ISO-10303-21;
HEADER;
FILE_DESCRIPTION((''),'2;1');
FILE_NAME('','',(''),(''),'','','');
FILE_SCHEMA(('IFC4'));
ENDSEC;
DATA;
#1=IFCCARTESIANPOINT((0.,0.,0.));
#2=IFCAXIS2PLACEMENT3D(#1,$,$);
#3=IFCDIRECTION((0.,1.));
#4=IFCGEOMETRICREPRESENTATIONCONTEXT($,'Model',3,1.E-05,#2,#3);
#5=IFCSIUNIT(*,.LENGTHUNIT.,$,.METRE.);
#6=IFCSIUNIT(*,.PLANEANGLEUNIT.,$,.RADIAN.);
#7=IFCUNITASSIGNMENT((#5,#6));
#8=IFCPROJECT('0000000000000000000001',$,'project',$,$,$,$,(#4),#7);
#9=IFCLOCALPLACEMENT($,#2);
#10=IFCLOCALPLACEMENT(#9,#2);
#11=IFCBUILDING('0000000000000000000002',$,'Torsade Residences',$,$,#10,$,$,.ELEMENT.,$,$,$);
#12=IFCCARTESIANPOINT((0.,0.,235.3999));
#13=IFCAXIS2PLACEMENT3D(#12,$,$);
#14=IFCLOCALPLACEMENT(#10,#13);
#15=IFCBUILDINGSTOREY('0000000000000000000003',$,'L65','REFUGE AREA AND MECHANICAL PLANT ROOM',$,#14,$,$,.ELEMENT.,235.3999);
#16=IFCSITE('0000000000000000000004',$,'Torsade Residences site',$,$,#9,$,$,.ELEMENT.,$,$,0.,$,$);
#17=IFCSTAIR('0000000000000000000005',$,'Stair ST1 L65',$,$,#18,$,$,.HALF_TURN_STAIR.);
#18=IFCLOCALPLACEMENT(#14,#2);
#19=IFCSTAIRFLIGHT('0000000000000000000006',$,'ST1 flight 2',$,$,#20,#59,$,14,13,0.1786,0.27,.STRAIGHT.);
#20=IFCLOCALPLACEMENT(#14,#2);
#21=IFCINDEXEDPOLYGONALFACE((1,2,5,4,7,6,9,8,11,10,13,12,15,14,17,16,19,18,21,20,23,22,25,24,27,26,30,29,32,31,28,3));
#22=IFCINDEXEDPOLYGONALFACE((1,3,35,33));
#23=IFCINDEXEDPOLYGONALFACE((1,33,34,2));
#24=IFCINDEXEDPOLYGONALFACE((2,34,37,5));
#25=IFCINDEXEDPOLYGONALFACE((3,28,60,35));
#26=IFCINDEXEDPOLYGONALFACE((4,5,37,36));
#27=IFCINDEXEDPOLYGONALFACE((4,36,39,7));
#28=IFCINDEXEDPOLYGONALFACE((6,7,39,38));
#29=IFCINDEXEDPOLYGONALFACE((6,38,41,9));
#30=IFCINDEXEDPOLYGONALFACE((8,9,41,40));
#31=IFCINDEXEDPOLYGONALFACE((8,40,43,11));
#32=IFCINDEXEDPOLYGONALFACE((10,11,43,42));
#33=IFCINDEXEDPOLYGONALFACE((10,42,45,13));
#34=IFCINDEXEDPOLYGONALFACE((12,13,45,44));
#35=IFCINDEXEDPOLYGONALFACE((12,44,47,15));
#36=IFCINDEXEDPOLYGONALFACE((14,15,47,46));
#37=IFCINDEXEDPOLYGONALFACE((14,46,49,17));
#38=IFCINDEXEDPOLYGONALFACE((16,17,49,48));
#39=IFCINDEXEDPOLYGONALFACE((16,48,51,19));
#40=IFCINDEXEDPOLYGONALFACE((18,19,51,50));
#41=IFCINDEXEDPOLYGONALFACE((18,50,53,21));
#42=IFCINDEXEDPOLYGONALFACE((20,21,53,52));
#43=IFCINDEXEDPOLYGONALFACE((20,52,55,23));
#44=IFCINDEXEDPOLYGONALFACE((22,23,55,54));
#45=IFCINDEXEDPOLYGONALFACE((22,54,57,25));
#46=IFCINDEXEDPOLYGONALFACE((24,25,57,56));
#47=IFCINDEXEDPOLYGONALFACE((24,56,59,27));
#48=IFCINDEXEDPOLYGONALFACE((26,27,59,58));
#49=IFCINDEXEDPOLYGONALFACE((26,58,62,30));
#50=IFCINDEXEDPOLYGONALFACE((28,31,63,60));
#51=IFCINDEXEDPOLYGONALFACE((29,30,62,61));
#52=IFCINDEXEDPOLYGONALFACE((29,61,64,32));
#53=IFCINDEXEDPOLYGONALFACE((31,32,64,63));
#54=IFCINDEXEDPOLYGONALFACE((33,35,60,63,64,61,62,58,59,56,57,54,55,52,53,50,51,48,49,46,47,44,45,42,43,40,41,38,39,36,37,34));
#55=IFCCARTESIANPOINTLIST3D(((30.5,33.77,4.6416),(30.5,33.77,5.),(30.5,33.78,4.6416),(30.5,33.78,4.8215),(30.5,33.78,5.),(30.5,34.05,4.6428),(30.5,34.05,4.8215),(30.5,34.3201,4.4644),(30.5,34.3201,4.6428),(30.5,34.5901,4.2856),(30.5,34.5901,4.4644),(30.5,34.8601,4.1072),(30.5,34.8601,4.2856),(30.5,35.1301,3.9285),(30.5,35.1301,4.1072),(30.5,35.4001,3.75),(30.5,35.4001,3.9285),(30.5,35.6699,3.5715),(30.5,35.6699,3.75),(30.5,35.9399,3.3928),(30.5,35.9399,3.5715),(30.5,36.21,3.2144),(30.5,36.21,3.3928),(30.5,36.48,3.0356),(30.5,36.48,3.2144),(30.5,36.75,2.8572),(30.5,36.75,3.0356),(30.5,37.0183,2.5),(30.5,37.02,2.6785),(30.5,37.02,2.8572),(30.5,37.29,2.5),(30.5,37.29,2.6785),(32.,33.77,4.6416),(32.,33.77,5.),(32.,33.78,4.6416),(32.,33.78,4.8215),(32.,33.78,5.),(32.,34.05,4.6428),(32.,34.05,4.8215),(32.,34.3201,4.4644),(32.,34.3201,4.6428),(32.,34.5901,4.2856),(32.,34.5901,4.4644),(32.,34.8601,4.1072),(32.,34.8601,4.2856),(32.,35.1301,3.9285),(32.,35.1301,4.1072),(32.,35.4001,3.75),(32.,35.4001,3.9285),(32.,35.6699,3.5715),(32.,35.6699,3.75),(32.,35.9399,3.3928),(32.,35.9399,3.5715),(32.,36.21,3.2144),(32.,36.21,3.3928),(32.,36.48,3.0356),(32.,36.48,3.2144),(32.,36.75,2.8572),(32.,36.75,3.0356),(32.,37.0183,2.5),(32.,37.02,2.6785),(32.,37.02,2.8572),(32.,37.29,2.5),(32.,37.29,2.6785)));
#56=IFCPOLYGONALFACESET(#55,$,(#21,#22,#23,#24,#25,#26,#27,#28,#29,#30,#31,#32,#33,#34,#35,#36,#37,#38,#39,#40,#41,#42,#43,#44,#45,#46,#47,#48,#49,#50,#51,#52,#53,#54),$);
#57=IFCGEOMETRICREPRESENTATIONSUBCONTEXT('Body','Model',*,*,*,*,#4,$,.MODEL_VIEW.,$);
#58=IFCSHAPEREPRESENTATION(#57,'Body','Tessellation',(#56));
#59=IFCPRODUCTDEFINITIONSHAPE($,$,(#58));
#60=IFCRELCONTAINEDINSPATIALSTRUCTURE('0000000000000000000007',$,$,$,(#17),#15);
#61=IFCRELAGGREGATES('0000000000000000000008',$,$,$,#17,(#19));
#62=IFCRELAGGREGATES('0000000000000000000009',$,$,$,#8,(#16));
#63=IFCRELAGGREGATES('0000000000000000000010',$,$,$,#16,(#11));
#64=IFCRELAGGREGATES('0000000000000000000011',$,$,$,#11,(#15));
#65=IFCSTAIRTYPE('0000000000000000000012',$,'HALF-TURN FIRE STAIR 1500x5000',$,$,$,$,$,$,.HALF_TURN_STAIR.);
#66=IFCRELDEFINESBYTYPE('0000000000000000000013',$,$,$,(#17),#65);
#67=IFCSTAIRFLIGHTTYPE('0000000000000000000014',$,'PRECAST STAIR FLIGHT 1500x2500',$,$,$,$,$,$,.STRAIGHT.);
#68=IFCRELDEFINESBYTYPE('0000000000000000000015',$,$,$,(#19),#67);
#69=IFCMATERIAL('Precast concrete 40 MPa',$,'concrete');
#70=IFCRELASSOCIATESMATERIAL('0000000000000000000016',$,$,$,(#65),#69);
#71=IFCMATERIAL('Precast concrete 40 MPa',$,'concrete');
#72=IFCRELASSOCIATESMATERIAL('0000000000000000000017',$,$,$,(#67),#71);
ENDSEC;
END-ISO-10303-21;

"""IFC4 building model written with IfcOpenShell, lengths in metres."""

from ifc_helpers import new_model, si_unit, direction, frame, origin, place, context, subcontext, project, spatial, polyline, outline, extrude, material, type_object, element, aggregate, save


model = new_model("IFC4")

# Units and contexts
model_context = context("Model", 3, precision=1e-05, world=origin(), true_north=direction((0.0, 1.0)))
body_context = subcontext(model_context, "Body", "Model", "MODEL_VIEW")
ifc_project = project(units=[si_unit("LENGTHUNIT", "METRE"), si_unit("PLANEANGLEUNIT", "RADIAN")], contexts=[model_context])

# Site, building, storey
site_placement = place(None, origin())
site = spatial("IfcSite", under=ifc_project, at=site_placement, Name="Torsade Residences site", CompositionType="ELEMENT", RefElevation=0.0)
building_placement = place(site_placement, origin())
building = spatial("IfcBuilding", under=site, at=building_placement, Name="Torsade Residences", CompositionType="ELEMENT")
storey_placement = place(building_placement, frame((0.0, 0.0, 235.3999)))
storey = spatial("IfcBuildingStorey", under=building, at=storey_placement, Name="L65", Description="REFUGE AREA AND MECHANICAL PLANT ROOM", CompositionType="ELEMENT", Elevation=235.3999)

# Stair, stair flight
ifc_material_1 = material(Name="Precast concrete 40 MPa", Category="concrete")
stair_type = type_object("IfcStairType", Name="HALF-TURN FIRE STAIR 1500x5000", PredefinedType="HALF_TURN_STAIR", material=ifc_material_1)
stair_placement = place(storey_placement, origin())
stair = element("IfcStair", 1, at=stair_placement, inside=storey, type_object=stair_type, Name="Stair ST1 L65", PredefinedType="HALF_TURN_STAIR")
ifc_material_2 = material(Name="Precast concrete 40 MPa", Category="concrete")
stair_flight_type = type_object("IfcStairFlightType", Name="PRECAST STAIR FLIGHT 1500x2500", PredefinedType="STRAIGHT", material=ifc_material_2)
stair_flight_1_placement = place(storey_placement, frame((31.25, 37.29, 2.5), z_axis=(0.0, 0.0, 1.0), x_axis=(0.0, -1.0, 0.0)))
stair_flight_1 = element("IfcStairFlight", 2, at=stair_flight_1_placement, type_object=stair_flight_type, Name="ST1 flight 2", NumberOfRisers=14, NumberOfTreads=13, PredefinedType="STRAIGHT", RiserHeight=0.1786, TreadLength=0.27, context=body_context, shape_type="SweptSolid", body=[
    extrude(outline(polyline([(0.0, 0.0), (0.0, 0.1785), (0.27, 0.1785), (0.27, 0.3572), (0.54, 0.3572), (0.54, 0.5356), (0.8101, 0.5356), (0.8101, 0.7144), (1.0801, 0.7144), (1.0801, 0.8928), (1.3501, 0.8928), (1.3501, 1.0715), (1.6201, 1.0715), (1.6201, 1.25), (1.8899, 1.25), (1.8899, 1.4285), (2.1599, 1.4285), (2.1599, 1.6072), (2.4299, 1.6072), (2.4299, 1.7856), (2.7, 1.7856), (2.7, 1.9644), (2.97, 1.9644), (2.97, 2.1428), (3.24, 2.1428), (3.24, 2.3215), (3.51, 2.3215), (3.51, 2.5), (3.52, 2.5), (3.52, 2.1416), (3.51, 2.1416), (0.2717, 0.0), (0.0, 0.0)])), frame((0.0, 0.75, 0.0), z_axis=(0.0, -1.0, 0.0), x_axis=(1.0, 0.0, 0.0)), (0.0, 0.0, 1.0), 1.5),
])
aggregate(stair, [stair_flight_1])

save(model, "model.ifc")
